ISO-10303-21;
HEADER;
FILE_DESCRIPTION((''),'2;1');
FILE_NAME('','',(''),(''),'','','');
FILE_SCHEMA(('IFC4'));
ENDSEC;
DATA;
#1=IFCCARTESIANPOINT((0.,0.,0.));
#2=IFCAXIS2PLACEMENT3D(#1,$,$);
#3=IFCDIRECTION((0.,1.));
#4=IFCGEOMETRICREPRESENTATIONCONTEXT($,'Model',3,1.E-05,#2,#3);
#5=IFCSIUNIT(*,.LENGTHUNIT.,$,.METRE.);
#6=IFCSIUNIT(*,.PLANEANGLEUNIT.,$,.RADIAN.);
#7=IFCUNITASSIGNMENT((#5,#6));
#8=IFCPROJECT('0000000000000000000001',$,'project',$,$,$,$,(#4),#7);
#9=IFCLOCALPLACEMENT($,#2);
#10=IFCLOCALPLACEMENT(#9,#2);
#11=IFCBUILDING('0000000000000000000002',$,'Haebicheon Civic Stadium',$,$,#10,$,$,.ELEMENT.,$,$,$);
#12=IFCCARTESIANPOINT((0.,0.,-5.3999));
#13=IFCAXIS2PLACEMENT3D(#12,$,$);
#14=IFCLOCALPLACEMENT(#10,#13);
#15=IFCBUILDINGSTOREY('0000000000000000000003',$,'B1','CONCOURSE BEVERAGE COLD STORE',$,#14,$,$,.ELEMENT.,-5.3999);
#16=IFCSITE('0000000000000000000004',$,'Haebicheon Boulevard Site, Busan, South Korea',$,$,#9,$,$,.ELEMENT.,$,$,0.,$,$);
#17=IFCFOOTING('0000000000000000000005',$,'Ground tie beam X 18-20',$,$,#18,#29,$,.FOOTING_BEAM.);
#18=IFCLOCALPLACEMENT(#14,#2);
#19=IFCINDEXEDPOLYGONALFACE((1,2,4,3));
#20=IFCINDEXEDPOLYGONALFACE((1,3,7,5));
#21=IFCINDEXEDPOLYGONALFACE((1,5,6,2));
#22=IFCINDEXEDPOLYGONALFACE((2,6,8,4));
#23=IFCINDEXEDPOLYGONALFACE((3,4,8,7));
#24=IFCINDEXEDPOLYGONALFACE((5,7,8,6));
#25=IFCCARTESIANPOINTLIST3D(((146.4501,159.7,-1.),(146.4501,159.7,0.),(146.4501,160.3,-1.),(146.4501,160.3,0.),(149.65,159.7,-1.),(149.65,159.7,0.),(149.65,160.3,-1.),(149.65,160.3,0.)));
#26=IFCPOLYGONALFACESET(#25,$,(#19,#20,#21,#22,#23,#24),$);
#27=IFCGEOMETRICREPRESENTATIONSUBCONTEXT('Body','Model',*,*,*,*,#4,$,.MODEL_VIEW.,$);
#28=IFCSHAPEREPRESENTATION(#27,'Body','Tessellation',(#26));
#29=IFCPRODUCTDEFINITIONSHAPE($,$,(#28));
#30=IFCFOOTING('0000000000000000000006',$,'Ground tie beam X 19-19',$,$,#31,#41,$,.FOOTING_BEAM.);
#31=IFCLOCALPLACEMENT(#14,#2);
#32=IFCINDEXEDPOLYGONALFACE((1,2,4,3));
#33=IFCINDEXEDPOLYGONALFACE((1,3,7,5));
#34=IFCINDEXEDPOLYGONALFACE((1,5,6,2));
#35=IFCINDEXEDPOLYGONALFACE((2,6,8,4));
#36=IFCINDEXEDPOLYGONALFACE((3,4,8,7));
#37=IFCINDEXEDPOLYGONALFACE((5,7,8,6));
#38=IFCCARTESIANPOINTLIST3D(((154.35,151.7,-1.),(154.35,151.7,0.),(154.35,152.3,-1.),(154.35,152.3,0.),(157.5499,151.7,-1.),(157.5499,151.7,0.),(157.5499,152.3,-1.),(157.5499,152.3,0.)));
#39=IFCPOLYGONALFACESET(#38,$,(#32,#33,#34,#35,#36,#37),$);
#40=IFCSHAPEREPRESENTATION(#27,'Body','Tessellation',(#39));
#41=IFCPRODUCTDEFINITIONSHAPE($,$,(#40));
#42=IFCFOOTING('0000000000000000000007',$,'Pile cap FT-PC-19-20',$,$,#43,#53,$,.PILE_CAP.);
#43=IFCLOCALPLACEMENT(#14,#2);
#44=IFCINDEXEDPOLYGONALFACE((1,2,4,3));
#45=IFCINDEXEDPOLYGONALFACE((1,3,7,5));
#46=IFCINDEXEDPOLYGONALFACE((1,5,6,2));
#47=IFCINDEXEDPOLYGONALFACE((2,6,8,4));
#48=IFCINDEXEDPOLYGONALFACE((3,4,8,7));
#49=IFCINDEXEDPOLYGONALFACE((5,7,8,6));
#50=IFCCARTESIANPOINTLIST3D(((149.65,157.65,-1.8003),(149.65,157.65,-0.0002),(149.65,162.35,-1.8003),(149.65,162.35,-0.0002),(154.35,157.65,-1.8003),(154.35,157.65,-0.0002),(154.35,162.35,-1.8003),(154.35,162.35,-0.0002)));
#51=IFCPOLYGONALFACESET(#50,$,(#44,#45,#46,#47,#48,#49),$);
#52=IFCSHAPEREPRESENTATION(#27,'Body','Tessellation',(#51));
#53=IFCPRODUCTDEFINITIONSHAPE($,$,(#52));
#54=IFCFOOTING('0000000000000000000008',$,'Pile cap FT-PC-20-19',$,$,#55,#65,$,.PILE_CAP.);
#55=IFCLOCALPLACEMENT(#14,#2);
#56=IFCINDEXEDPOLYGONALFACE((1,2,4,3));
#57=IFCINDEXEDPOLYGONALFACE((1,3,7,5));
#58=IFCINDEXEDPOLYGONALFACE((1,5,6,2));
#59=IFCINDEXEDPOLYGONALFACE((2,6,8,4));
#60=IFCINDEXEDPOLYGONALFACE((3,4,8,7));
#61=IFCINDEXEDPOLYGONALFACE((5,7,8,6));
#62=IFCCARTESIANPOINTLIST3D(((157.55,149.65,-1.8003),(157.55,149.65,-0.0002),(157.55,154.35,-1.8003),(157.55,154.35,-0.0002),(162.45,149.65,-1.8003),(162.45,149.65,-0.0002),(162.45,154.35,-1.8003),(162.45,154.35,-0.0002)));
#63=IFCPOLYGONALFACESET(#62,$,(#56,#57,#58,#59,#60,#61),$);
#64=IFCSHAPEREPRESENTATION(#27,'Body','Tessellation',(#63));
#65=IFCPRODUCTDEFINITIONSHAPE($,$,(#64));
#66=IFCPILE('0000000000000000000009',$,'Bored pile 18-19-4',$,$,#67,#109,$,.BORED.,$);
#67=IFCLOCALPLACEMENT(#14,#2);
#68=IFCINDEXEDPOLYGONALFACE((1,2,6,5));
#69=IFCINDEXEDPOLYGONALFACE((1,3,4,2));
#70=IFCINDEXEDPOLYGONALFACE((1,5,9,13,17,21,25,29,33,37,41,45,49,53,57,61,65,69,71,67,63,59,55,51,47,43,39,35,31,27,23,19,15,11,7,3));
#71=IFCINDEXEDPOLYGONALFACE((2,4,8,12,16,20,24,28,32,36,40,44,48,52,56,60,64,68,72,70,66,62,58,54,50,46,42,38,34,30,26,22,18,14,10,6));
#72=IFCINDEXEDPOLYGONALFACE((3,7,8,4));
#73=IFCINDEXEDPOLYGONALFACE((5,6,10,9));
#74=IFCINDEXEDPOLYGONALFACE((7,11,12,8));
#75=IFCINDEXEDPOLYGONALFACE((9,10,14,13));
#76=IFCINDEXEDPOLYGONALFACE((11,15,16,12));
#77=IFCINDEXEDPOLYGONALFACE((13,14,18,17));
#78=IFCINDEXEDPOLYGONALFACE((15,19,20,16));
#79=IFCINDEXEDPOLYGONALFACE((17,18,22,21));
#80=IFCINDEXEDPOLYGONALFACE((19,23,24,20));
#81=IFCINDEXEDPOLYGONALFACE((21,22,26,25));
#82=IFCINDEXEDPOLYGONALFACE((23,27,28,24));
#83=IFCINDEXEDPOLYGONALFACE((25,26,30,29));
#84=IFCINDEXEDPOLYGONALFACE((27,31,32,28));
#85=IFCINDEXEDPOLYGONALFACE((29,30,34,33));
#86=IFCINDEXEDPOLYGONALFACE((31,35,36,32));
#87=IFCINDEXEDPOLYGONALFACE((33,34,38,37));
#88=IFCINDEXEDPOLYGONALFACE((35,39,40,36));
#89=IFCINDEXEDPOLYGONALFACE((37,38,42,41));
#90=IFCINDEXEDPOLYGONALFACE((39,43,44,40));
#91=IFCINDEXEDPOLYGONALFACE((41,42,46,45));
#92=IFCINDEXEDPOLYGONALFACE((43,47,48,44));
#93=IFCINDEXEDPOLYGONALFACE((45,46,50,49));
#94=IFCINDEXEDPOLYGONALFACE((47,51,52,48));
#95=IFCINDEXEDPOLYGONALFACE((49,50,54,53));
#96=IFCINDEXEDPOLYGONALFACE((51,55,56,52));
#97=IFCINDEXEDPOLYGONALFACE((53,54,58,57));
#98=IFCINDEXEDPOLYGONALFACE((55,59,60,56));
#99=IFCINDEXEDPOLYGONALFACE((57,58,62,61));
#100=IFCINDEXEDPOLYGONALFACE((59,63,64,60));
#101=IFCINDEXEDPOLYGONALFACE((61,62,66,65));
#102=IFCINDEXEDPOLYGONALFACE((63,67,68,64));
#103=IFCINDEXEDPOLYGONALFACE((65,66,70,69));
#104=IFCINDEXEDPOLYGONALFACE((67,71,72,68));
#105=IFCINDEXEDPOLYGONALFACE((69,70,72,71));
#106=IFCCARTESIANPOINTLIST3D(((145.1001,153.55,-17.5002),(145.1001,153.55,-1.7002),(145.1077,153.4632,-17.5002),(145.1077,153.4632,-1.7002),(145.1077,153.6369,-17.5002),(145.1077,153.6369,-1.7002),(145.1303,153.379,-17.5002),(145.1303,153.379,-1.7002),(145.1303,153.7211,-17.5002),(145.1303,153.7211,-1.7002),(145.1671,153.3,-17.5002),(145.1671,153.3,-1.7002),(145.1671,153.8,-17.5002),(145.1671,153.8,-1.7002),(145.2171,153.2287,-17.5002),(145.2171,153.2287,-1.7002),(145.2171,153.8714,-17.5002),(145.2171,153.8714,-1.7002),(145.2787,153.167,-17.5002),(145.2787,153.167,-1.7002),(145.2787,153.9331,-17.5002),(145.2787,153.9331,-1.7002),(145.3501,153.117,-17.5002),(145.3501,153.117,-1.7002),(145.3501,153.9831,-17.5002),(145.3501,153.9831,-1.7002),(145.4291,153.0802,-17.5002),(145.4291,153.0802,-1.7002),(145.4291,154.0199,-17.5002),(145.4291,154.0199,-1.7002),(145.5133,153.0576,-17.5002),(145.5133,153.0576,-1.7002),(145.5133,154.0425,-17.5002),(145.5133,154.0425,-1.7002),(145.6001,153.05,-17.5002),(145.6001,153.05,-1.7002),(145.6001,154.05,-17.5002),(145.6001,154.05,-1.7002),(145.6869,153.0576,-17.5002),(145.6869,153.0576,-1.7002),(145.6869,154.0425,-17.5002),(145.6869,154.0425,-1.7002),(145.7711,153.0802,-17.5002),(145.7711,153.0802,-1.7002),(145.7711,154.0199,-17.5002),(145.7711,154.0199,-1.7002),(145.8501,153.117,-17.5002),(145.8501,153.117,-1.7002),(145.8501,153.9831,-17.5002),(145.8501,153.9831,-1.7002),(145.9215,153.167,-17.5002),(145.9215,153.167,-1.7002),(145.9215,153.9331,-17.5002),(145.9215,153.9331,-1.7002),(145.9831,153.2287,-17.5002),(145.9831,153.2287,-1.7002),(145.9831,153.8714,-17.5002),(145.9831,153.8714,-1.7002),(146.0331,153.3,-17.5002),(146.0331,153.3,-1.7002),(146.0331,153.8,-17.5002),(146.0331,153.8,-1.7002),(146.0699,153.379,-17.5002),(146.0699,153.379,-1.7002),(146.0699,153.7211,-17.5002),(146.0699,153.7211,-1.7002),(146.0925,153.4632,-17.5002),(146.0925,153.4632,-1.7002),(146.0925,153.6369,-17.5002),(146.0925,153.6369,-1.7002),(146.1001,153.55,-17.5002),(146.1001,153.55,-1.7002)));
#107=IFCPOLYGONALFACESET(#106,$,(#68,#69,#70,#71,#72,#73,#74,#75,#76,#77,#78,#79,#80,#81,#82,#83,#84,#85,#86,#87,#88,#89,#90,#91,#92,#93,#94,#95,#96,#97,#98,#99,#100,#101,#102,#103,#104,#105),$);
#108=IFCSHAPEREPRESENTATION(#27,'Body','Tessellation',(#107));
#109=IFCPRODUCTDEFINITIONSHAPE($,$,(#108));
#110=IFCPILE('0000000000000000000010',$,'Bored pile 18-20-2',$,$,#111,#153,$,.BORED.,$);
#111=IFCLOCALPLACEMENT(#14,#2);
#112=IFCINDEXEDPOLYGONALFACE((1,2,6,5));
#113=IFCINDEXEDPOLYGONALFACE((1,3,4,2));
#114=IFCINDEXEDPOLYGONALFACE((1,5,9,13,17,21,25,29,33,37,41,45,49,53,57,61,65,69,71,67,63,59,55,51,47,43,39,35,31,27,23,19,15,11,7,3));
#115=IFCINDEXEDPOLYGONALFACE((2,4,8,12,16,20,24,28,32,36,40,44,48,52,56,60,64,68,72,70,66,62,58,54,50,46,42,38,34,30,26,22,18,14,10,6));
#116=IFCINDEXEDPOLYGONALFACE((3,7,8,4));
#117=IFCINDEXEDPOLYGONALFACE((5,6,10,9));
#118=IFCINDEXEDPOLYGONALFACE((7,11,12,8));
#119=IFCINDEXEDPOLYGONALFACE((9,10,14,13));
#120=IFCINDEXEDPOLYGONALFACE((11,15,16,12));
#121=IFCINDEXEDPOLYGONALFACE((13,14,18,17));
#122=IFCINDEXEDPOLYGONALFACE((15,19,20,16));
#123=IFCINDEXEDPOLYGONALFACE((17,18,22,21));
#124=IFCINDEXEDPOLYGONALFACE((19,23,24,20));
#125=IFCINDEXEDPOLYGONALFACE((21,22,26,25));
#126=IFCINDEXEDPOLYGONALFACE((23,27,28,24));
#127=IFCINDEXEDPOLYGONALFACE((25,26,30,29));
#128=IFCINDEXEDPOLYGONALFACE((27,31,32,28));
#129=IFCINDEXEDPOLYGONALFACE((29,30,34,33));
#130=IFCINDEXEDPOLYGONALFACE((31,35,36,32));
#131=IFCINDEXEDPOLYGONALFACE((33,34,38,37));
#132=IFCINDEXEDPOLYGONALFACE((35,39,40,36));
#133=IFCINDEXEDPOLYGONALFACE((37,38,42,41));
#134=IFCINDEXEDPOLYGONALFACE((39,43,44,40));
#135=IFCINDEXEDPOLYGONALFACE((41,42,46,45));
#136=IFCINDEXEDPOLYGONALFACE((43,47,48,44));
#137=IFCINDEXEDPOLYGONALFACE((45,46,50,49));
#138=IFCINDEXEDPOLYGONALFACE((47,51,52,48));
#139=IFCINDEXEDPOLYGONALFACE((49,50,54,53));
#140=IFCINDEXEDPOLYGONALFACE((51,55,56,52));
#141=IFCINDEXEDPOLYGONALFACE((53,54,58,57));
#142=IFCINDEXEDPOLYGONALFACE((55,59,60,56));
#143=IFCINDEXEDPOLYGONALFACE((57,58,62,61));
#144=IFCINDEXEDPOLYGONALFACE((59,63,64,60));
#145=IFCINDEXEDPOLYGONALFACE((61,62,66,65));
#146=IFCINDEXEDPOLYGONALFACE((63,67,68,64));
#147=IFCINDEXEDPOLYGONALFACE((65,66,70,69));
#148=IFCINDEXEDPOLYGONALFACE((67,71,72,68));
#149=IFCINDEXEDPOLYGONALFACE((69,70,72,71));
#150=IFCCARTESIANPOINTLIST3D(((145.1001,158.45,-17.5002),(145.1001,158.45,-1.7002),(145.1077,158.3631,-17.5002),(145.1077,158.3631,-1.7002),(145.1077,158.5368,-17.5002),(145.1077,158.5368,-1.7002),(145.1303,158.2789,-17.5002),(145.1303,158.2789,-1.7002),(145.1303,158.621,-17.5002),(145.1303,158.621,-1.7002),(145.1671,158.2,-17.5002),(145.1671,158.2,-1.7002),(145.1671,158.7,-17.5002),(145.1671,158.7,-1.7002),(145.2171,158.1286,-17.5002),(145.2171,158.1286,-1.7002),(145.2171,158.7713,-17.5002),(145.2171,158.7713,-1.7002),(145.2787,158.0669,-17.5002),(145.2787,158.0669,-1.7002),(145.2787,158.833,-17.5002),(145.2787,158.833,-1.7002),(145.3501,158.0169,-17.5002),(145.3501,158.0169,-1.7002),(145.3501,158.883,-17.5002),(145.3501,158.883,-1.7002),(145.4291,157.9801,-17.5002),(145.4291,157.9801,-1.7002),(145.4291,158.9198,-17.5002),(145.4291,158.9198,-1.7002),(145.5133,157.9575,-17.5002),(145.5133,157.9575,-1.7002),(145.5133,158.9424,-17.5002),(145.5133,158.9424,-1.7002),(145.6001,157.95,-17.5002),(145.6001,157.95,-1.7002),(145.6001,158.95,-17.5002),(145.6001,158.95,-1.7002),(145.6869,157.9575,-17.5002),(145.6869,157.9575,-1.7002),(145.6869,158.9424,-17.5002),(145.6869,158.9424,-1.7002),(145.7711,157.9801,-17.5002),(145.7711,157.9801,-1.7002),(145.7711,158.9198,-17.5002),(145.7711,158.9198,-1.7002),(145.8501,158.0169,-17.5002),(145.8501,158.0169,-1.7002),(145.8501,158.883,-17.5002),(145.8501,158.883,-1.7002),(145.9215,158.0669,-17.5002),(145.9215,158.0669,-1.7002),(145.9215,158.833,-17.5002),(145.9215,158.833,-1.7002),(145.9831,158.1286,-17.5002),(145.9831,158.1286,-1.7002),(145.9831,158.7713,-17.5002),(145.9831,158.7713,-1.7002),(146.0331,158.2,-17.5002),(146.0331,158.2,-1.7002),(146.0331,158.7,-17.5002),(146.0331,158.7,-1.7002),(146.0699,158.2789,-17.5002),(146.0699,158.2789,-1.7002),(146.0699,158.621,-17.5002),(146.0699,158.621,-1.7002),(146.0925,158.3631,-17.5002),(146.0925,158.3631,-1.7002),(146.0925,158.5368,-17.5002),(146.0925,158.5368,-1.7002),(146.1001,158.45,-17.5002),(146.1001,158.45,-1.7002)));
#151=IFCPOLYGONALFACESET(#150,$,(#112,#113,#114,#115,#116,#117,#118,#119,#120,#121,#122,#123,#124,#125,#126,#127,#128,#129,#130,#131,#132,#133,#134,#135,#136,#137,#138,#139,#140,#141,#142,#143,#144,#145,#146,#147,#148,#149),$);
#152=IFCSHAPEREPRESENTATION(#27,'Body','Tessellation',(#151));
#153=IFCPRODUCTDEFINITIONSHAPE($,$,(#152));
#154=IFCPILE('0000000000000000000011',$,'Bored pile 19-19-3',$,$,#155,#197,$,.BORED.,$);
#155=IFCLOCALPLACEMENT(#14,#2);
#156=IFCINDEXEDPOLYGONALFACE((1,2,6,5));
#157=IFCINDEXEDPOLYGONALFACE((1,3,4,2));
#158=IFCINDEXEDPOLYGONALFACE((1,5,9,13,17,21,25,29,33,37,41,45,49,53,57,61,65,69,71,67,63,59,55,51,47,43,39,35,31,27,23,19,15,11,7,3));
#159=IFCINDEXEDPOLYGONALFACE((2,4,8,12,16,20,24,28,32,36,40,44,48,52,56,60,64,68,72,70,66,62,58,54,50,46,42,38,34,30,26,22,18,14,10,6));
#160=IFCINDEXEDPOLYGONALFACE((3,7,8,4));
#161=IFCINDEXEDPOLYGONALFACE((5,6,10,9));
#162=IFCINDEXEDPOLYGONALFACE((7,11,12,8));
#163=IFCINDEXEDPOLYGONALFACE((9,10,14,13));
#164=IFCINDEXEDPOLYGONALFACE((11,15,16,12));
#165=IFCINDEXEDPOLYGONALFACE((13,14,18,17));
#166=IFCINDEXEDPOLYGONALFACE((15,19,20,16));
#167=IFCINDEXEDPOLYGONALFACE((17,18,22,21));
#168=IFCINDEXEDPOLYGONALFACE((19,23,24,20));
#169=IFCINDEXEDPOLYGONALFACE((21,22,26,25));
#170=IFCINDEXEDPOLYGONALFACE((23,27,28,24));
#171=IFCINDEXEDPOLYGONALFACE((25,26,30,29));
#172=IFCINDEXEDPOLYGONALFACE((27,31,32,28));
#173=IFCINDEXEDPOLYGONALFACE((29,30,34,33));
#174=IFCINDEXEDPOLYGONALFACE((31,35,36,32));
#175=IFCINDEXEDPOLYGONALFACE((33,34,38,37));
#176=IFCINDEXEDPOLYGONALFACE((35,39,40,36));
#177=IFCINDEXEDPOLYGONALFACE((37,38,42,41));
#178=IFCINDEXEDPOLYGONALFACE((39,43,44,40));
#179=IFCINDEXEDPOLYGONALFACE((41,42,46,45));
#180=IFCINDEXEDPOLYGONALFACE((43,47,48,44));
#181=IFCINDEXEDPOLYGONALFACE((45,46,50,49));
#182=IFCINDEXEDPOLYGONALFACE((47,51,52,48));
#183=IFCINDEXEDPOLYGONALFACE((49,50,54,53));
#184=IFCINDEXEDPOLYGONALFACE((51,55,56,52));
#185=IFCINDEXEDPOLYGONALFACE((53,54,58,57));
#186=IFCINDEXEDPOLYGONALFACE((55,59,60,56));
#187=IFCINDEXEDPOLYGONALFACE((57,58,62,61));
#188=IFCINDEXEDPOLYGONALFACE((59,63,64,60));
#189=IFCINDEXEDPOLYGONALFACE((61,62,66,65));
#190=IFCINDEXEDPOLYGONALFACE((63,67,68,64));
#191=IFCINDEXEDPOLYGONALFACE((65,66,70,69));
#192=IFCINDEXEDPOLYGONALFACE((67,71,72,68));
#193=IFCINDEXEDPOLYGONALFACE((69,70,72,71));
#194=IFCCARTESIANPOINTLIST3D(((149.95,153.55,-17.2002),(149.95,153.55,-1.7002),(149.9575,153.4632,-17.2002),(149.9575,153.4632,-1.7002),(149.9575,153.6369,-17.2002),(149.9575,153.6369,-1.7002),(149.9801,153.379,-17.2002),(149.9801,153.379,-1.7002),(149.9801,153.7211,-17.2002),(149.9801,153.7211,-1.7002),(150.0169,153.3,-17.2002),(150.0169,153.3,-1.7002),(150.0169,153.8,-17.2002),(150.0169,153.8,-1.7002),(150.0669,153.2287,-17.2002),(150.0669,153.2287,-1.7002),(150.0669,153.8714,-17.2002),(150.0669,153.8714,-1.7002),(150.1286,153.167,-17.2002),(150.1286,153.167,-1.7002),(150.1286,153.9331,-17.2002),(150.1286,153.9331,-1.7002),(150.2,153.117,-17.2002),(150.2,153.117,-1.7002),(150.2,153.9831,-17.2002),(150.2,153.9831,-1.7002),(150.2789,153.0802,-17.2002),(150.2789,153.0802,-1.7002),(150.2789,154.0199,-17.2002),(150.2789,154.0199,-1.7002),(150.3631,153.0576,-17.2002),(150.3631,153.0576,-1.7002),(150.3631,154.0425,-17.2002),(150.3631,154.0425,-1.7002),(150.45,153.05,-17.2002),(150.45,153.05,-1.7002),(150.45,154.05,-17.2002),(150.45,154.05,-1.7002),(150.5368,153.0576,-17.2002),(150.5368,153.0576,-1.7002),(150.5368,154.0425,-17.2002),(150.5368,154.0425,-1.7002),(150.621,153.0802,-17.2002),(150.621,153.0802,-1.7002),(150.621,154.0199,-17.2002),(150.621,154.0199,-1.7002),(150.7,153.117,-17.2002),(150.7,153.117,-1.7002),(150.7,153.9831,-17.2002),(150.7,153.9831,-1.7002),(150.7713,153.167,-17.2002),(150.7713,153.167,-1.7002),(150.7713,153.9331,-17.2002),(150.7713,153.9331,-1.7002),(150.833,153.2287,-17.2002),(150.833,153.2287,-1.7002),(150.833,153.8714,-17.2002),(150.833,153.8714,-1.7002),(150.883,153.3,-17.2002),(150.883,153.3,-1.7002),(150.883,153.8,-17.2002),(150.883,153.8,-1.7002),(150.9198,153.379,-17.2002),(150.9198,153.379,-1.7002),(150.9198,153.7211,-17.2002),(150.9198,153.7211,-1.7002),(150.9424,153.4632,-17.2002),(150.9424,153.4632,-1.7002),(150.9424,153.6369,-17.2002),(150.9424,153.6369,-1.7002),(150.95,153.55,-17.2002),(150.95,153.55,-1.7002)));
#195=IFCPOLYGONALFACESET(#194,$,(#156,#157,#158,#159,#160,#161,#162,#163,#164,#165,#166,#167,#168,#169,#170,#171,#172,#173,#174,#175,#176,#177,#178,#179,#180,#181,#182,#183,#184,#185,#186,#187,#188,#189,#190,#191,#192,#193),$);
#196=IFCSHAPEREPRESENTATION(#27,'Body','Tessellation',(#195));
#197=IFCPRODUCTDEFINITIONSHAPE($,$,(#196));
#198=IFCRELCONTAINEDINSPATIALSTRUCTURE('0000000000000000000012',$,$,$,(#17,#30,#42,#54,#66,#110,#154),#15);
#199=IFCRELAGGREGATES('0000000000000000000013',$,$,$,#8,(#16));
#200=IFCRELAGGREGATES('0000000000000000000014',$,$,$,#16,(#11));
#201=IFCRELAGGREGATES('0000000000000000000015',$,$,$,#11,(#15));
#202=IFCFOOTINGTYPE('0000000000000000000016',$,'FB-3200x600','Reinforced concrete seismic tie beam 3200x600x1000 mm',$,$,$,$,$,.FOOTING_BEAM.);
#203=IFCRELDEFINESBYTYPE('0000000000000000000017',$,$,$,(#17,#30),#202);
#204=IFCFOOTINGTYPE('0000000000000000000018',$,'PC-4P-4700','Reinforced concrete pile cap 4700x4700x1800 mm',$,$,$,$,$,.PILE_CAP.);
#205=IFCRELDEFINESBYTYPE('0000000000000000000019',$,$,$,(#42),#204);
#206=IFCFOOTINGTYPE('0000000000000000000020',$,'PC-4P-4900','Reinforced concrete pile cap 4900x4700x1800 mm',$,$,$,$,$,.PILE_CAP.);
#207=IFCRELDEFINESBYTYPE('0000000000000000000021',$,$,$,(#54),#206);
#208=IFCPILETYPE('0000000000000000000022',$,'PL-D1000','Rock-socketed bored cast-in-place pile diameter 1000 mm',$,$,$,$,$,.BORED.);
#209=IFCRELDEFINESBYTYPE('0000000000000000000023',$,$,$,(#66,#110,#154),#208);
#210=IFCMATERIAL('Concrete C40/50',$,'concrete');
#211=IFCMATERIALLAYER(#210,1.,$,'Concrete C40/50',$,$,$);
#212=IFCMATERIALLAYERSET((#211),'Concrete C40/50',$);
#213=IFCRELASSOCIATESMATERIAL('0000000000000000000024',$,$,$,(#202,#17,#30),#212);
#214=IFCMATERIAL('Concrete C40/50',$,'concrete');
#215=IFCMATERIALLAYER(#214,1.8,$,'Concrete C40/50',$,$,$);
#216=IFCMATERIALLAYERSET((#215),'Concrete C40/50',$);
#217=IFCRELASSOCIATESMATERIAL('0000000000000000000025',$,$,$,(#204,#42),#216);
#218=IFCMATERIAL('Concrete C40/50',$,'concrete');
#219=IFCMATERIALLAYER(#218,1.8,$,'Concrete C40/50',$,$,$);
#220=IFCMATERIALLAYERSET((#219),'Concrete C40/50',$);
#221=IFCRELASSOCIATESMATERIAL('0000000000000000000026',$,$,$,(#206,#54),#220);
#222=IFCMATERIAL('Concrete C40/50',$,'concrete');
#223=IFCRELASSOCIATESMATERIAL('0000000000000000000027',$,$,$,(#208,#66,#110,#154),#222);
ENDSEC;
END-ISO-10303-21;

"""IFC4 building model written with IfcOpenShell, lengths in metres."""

from ifc_helpers import new_model, si_unit, direction, frame, origin, origin_2d, place, context, subcontext, project, spatial, rectangle, circle, extrude, material, layer, layer_set, material_profile, profile_set, type_object, element, save


model = new_model("IFC4")

# Units and contexts
model_context = context("Model", 3, precision=1e-05, world=origin(), true_north=direction((0.0, 1.0)))
body_context = subcontext(model_context, "Body", "Model", "MODEL_VIEW")
ifc_project = project(units=[si_unit("LENGTHUNIT", "METRE"), si_unit("PLANEANGLEUNIT", "RADIAN")], contexts=[model_context])

# Site, building, storey
site_placement = place(None, origin())
site = spatial("IfcSite", under=ifc_project, at=site_placement, Name="Haebicheon Boulevard Site, Busan, South Korea", CompositionType="ELEMENT", RefElevation=0.0)
building_placement = place(site_placement, origin())
building = spatial("IfcBuilding", under=site, at=building_placement, Name="Haebicheon Civic Stadium", CompositionType="ELEMENT")
storey_placement = place(building_placement, frame((0.0, 0.0, -5.3999)))
storey = spatial("IfcBuildingStorey", under=building, at=storey_placement, Name="B1", Description="CONCOURSE BEVERAGE COLD STORE", CompositionType="ELEMENT", Elevation=-5.3999)

# Footings
ifc_material_1 = material(Name="Concrete C40/50", Category="concrete")
ifc_layer_1 = layer(ifc_material_1, 1.0, Name="Concrete C40/50")
ifc_layer_set_1 = layer_set([ifc_layer_1], Name="Concrete C40/50")
footing_type_1 = type_object("IfcFootingType", Name="FB-3200x600", Description="Reinforced concrete seismic tie beam 3200x600x1000 mm", PredefinedType="FOOTING_BEAM", material=ifc_layer_set_1)
for number, where, z_axis, x_axis, name in (
    (1, (148.05, 160.0, -1.0), (0.0, 0.0, 1.0), (1.0, 0.0, 0.0), "Ground tie beam X 18-20"),
    (2, (155.95, 152.0, -1.0), (0.0, 0.0, 1.0), (1.0, 0.0, 0.0), "Ground tie beam X 19-19"),
):
    element("IfcFooting", number, at=place(storey_placement, frame(where, z_axis=z_axis, x_axis=x_axis)), inside=storey, type_object=footing_type_1, material=ifc_layer_set_1, Name=name, PredefinedType="FOOTING_BEAM", context=body_context, shape_type="SweptSolid", body=[
        extrude(rectangle(XDim=3.2, YDim=0.6001, at=origin_2d()), origin(), (0.0, 0.0, 1.0), 1.0),
    ])
ifc_material_2 = material(Name="Concrete C40/50", Category="concrete")
ifc_layer_2 = layer(ifc_material_2, 1.8, Name="Concrete C40/50")
ifc_layer_set_2 = layer_set([ifc_layer_2], Name="Concrete C40/50")
footing_type_2 = type_object("IfcFootingType", Name="PC-4P-4700", Description="Reinforced concrete pile cap 4700x4700x1800 mm", PredefinedType="PILE_CAP", material=ifc_layer_set_2)
footing_1_placement = place(storey_placement, frame((152.0, 160.0, -1.8003), z_axis=(0.0, 0.0, 1.0), x_axis=(1.0, 0.0, 0.0)))
element("IfcFooting", 3, at=footing_1_placement, inside=storey, type_object=footing_type_2, material=ifc_layer_set_2, Name="Pile cap FT-PC-19-20", PredefinedType="PILE_CAP", context=body_context, shape_type="SweptSolid", body=[
    extrude(rectangle(XDim=4.7, YDim=4.7, at=origin_2d()), origin(), (0.0, 0.0, 1.0), 1.8),
])
ifc_material_3 = material(Name="Concrete C40/50", Category="concrete")
ifc_layer_3 = layer(ifc_material_3, 1.8, Name="Concrete C40/50")
ifc_layer_set_3 = layer_set([ifc_layer_3], Name="Concrete C40/50")
footing_type_3 = type_object("IfcFootingType", Name="PC-4P-4900", Description="Reinforced concrete pile cap 4900x4700x1800 mm", PredefinedType="PILE_CAP", material=ifc_layer_set_3)
footing_2_placement = place(storey_placement, frame((160.0, 152.0, -1.8003), z_axis=(0.0, 0.0, 1.0), x_axis=(1.0, 0.0, 0.0)))
element("IfcFooting", 4, at=footing_2_placement, inside=storey, type_object=footing_type_3, material=ifc_layer_set_3, Name="Pile cap FT-PC-20-19", PredefinedType="PILE_CAP", context=body_context, shape_type="SweptSolid", body=[
    extrude(rectangle(XDim=4.8999, YDim=4.7, at=origin_2d()), origin(), (0.0, 0.0, 1.0), 1.8),
])

# Piles
ifc_material_4 = material(Name="Concrete C40/50", Category="concrete")
ifc_material_profile_1 = material_profile(ifc_material_4, circle(Radius=0.5, at=origin_2d()), Name="PILE-D1000")
ifc_profile_set_1 = profile_set([ifc_material_profile_1], Name="Concrete C40/50")
pile_type = type_object("IfcPileType", Name="PL-D1000", Description="Rock-socketed bored cast-in-place pile diameter 1000 mm", PredefinedType="BORED", material=ifc_profile_set_1)
for number, where, z_axis, x_axis, name in (
    (5, (145.6001, 153.55, -1.7002), (0.0, 0.0, -1.0), (1.0, 0.0, 0.0), "Bored pile 18-19-4"),
    (6, (145.6001, 158.45, -1.7002), (0.0, 0.0, -1.0), (1.0, 0.0, 0.0), "Bored pile 18-20-2"),
):
    element("IfcPile", number, at=place(storey_placement, frame(where, z_axis=z_axis, x_axis=x_axis)), inside=storey, type_object=pile_type, material=ifc_profile_set_1, Name=name, PredefinedType="BORED", context=body_context, shape_type="SweptSolid", body=[
        extrude(circle(Radius=0.5, at=origin_2d()), origin(), (0.0, 0.0, 1.0), 15.8),
    ])
for number, where, z_axis, x_axis, name in (
    (7, (150.45, 153.55, -1.7002), (0.0, 0.0, -1.0), (1.0, 0.0, 0.0), "Bored pile 19-19-3"),
):
    element("IfcPile", number, at=place(storey_placement, frame(where, z_axis=z_axis, x_axis=x_axis)), inside=storey, type_object=pile_type, material=ifc_profile_set_1, Name=name, PredefinedType="BORED", context=body_context, shape_type="SweptSolid", body=[
        extrude(circle(Radius=0.5, at=origin_2d()), origin(), (0.0, 0.0, 1.0), 15.5),
    ])

save(model, "model.ifc")
